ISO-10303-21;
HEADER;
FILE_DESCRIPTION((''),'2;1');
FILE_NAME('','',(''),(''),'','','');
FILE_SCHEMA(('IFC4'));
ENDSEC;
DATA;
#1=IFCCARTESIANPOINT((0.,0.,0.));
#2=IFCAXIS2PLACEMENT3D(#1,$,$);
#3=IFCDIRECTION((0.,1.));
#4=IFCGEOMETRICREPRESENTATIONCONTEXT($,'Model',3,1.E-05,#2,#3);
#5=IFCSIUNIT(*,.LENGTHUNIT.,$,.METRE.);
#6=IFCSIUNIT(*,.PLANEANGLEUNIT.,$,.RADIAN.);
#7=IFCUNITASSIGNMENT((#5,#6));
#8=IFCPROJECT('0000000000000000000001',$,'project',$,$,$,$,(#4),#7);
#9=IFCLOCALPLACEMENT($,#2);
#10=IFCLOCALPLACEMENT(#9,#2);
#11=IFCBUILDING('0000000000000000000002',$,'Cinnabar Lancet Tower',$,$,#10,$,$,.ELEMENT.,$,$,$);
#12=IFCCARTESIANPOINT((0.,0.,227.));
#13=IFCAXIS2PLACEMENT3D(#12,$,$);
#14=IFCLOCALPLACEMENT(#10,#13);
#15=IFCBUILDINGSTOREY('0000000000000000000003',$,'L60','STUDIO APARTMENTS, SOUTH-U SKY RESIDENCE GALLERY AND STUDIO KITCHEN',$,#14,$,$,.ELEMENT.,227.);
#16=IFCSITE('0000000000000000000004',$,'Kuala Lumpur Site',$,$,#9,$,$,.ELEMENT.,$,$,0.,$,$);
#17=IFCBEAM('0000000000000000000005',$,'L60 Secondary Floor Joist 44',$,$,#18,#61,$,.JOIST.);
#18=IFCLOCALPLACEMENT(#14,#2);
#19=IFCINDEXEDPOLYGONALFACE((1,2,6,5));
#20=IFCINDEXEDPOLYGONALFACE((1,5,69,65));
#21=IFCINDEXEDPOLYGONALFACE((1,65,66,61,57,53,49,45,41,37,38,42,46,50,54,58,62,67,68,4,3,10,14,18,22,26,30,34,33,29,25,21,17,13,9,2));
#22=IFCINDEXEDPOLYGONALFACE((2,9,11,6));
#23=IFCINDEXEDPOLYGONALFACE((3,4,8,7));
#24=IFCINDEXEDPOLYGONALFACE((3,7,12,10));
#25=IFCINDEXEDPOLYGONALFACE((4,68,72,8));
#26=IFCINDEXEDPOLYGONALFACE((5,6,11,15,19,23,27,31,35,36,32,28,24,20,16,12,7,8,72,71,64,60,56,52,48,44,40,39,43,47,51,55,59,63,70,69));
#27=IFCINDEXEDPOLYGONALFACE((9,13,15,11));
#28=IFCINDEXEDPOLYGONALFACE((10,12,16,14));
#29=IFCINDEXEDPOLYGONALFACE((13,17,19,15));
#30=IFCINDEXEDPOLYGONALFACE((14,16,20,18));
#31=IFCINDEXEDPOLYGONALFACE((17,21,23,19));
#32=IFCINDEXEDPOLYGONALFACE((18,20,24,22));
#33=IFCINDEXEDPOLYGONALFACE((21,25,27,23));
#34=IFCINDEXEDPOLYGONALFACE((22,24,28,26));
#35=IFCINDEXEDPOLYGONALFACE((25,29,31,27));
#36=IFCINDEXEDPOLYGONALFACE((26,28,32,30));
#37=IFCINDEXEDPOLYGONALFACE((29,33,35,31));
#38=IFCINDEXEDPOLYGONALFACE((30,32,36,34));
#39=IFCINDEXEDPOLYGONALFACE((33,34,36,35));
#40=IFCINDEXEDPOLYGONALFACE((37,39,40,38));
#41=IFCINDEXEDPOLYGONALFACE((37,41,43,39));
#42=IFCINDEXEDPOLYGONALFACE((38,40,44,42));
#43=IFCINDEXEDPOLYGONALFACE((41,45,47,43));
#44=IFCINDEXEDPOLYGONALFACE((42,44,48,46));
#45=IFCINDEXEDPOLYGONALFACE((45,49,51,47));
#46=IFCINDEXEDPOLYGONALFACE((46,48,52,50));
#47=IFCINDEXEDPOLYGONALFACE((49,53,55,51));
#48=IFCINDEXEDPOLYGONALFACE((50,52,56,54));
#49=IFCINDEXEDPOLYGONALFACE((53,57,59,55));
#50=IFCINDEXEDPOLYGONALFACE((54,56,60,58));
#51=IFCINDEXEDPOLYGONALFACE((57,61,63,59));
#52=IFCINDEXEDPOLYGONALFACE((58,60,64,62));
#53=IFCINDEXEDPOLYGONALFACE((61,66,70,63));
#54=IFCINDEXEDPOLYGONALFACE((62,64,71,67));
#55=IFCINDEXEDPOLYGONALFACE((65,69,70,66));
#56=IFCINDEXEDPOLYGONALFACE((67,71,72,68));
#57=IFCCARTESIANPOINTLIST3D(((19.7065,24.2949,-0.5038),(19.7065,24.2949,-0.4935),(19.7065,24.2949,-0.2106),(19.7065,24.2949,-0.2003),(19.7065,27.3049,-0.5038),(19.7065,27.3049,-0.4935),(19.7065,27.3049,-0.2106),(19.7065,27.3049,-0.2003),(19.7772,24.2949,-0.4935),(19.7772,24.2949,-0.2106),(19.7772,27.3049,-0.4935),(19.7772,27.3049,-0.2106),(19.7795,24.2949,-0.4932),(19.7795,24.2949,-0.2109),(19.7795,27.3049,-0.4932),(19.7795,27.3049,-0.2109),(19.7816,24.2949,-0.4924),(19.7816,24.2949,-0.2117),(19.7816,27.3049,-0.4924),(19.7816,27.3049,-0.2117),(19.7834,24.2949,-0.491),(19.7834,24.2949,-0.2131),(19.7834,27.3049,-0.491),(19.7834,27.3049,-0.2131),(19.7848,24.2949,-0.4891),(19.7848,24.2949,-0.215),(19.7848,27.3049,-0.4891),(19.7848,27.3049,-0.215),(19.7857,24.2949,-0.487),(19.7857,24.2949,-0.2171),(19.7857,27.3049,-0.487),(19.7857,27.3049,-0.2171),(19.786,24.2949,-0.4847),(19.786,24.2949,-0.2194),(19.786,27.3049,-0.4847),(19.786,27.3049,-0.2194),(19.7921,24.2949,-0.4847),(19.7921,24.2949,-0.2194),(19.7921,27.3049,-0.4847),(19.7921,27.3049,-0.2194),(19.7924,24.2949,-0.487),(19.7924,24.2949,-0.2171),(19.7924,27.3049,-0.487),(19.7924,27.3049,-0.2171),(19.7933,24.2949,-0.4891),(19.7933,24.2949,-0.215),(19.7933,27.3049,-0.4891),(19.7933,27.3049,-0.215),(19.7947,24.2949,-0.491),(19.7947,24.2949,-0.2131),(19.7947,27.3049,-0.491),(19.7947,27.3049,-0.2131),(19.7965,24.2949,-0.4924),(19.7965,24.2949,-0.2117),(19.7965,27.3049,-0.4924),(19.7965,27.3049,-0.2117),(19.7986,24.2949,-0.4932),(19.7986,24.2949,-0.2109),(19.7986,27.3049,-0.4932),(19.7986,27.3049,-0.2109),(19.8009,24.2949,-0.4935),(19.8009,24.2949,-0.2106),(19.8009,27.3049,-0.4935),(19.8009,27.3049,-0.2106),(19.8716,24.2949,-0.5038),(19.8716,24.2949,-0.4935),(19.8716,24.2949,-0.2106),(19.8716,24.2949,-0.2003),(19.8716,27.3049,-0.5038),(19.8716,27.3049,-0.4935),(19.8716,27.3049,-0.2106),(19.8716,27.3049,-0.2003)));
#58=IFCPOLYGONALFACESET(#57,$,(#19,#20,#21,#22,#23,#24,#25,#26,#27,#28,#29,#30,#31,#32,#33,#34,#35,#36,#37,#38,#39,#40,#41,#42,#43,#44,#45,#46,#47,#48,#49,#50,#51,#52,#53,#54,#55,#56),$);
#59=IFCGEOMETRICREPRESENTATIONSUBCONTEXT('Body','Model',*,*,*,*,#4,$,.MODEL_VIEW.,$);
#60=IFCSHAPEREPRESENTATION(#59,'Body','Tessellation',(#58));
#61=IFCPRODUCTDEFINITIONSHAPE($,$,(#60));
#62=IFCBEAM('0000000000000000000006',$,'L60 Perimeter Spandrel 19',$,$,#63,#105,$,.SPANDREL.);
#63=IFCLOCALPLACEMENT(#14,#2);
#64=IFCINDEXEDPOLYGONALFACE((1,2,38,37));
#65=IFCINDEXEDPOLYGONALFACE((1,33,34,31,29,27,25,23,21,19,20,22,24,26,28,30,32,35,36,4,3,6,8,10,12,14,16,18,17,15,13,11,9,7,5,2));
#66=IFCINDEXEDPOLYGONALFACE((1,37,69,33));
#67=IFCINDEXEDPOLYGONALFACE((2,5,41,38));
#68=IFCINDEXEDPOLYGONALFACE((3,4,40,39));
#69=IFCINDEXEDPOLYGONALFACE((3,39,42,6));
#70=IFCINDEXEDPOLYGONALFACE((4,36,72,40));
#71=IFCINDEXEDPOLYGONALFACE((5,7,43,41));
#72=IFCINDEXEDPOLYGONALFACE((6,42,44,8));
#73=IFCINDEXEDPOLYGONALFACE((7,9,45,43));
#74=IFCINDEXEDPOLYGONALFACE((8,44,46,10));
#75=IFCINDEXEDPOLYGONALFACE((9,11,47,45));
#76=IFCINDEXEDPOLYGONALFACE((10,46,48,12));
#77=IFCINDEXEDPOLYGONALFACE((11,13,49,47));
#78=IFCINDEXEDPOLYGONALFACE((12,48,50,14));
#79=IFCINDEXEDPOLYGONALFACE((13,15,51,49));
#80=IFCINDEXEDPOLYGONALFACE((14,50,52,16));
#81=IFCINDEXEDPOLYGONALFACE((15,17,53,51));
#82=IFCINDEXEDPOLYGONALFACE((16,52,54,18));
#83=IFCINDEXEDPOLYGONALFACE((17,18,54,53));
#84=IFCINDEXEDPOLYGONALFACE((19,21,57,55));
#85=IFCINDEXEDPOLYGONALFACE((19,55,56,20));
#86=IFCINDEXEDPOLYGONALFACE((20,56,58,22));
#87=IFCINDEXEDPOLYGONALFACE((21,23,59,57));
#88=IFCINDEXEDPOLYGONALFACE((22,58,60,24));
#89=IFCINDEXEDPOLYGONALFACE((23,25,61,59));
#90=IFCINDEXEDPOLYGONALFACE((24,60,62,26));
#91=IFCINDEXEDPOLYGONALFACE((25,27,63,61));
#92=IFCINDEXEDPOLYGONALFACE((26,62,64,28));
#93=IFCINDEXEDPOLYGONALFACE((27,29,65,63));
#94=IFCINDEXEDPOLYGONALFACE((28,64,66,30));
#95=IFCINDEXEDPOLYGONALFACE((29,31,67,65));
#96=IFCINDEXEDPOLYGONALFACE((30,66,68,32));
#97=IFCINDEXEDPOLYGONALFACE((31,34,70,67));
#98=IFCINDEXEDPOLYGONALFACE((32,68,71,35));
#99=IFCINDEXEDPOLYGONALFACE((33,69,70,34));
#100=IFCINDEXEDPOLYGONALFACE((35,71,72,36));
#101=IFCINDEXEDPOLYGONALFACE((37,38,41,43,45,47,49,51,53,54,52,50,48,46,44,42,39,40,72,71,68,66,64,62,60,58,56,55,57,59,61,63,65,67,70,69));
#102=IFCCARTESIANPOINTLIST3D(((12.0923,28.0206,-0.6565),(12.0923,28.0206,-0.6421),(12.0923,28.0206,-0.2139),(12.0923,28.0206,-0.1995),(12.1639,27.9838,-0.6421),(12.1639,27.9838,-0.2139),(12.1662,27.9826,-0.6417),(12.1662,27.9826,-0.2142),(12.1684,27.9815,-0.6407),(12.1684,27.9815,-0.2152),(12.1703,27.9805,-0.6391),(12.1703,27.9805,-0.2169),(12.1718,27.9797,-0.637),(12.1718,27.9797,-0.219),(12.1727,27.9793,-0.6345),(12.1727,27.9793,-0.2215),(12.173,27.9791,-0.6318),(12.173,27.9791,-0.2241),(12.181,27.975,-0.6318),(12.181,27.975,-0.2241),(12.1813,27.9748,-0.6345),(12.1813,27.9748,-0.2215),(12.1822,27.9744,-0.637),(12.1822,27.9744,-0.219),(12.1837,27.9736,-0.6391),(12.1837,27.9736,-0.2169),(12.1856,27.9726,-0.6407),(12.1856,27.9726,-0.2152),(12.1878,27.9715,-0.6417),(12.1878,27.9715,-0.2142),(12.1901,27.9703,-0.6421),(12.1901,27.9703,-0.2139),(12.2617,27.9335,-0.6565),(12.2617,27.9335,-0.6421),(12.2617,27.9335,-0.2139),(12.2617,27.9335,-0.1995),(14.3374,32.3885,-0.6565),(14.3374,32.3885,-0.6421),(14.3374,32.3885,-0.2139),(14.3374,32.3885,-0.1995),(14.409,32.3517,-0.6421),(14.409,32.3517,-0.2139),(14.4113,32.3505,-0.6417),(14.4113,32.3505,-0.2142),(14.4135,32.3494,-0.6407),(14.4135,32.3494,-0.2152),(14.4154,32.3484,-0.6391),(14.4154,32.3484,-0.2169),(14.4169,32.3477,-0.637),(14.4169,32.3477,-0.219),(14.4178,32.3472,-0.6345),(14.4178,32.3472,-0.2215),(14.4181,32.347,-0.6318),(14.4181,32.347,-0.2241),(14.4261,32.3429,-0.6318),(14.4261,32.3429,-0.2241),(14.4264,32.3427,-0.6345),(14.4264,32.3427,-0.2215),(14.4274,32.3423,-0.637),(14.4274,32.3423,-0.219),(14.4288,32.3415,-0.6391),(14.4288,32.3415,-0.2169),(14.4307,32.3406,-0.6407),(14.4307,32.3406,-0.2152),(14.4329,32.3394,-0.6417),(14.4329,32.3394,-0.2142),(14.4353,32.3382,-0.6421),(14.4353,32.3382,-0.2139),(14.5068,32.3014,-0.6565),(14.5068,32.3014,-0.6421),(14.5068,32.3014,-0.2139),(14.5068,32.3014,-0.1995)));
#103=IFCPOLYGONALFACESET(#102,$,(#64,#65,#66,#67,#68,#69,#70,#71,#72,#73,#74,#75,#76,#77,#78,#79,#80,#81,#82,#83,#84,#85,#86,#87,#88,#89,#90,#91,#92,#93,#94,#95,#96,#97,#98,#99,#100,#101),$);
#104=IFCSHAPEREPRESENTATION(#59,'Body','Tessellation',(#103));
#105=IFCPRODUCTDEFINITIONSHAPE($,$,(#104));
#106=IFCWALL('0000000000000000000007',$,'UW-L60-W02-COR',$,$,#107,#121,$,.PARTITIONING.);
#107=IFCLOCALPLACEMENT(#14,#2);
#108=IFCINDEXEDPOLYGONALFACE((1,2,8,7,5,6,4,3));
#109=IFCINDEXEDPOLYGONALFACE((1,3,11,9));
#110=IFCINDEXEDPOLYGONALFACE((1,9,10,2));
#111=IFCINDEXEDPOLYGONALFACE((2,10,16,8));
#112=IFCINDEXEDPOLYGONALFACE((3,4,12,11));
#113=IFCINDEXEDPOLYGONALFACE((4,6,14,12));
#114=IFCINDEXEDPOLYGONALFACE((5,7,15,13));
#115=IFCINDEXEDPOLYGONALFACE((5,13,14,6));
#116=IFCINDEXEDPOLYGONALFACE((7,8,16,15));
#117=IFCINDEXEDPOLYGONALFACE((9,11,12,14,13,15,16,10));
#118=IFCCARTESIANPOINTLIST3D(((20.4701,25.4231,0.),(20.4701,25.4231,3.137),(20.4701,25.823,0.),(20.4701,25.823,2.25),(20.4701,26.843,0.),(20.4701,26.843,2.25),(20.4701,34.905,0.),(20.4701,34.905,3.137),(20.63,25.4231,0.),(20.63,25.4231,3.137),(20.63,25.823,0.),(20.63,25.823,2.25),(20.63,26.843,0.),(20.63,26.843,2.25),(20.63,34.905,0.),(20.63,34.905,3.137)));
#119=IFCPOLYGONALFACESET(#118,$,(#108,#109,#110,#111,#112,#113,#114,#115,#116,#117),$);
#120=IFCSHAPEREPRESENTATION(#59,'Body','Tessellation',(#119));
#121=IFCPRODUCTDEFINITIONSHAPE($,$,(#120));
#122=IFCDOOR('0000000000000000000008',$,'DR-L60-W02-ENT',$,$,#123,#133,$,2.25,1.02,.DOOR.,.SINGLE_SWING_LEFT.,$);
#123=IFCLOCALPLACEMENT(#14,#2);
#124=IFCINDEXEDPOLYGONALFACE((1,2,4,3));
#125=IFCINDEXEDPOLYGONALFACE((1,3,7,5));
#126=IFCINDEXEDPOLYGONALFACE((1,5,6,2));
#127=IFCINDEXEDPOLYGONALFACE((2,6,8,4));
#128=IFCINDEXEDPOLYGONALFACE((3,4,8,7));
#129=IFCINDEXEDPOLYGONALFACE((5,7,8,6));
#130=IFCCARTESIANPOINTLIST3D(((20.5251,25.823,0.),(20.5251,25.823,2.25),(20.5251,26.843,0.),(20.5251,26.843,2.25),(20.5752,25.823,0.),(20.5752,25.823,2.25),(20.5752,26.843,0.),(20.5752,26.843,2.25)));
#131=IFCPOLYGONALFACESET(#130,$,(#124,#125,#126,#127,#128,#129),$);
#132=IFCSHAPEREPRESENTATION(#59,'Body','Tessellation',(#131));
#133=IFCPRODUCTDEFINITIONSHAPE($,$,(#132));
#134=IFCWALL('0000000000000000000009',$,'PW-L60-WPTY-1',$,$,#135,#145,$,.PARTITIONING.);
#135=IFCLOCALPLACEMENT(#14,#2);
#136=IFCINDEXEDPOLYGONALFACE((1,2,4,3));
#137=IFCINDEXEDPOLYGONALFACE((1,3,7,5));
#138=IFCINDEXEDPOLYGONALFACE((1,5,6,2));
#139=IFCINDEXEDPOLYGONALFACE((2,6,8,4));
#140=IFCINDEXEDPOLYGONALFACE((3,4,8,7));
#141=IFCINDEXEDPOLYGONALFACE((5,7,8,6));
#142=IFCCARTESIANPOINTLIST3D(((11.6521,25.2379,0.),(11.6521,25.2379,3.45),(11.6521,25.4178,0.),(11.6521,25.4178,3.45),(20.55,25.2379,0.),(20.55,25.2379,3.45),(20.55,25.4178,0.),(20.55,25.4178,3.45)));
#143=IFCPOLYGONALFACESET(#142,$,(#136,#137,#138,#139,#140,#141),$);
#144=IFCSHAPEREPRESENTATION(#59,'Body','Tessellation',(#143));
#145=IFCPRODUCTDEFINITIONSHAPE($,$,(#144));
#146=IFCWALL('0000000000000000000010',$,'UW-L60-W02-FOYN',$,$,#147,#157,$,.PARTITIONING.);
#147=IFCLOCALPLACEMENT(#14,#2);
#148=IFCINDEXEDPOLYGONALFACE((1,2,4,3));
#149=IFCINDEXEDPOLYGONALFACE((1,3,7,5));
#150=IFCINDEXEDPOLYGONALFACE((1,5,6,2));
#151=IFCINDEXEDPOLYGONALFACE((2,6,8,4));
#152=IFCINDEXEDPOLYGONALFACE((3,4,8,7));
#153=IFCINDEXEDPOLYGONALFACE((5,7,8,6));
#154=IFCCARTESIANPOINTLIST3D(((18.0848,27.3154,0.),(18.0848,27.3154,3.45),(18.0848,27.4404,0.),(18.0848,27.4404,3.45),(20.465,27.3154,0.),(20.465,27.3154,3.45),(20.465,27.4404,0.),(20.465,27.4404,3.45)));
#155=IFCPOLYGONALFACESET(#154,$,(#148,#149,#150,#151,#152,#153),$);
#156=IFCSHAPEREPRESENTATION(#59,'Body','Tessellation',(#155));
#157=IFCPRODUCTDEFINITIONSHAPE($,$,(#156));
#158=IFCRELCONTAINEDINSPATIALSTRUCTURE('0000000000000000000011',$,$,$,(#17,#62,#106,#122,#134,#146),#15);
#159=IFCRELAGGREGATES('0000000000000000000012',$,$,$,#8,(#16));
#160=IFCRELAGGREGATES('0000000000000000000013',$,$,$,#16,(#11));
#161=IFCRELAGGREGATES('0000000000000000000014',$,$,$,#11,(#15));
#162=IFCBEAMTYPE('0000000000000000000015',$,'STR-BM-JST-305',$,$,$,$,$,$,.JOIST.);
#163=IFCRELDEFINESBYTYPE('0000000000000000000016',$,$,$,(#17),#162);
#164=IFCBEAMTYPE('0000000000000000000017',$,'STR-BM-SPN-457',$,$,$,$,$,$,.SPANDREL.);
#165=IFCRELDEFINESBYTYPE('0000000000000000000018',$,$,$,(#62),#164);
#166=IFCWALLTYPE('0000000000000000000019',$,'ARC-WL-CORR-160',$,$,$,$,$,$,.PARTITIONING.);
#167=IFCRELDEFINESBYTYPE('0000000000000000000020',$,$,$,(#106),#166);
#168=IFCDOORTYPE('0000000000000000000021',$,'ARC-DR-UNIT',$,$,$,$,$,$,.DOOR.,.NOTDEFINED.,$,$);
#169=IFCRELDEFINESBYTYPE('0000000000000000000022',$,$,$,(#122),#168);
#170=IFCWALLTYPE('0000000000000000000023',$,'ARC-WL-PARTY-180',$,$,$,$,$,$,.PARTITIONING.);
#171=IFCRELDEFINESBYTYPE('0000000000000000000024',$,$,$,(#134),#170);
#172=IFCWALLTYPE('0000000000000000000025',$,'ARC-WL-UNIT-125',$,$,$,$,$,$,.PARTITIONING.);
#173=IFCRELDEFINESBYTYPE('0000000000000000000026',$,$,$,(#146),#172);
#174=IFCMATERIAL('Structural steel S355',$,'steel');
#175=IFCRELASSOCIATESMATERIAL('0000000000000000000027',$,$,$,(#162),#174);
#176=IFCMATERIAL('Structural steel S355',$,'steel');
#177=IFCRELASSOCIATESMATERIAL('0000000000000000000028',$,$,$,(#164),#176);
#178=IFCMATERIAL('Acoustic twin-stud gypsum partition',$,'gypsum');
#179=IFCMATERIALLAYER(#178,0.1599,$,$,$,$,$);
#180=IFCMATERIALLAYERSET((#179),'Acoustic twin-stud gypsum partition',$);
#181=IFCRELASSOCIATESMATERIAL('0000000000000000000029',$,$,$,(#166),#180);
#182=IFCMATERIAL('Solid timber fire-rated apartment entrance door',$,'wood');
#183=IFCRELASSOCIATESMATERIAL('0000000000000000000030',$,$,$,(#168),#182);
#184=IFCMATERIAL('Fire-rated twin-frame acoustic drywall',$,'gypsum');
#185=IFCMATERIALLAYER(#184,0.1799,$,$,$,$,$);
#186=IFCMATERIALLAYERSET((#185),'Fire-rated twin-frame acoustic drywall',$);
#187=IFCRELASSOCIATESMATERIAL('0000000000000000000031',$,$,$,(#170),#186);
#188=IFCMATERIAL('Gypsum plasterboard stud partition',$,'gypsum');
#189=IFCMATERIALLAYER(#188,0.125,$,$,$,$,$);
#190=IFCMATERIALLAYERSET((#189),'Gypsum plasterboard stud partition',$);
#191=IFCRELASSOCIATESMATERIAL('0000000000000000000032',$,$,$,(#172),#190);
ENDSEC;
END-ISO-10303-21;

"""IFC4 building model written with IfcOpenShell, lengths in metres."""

from ifc_helpers import new_model, si_unit, direction, frame, frame_2d, origin, origin_2d, place, context, subcontext, project, spatial, rectangle, i_section, extrude, material, layer, layer_set, material_profile, profile_set, type_object, element, fill, save


model = new_model("IFC4")

# Units and contexts
model_context = context("Model", 3, precision=1e-05, world=origin(), true_north=direction((0.0, 1.0)))
body_context = subcontext(model_context, "Body", "Model", "MODEL_VIEW")
ifc_project = project(units=[si_unit("LENGTHUNIT", "METRE"), si_unit("PLANEANGLEUNIT", "RADIAN")], contexts=[model_context])

# Site, building, storey
site_placement = place(None, origin())
site = spatial("IfcSite", under=ifc_project, at=site_placement, Name="Kuala Lumpur Site", CompositionType="ELEMENT", RefElevation=0.0)
building_placement = place(site_placement, origin())
building = spatial("IfcBuilding", under=site, at=building_placement, Name="Cinnabar Lancet Tower", CompositionType="ELEMENT")
storey_placement = place(building_placement, frame((0.0, 0.0, 227.0)))
storey = spatial("IfcBuildingStorey", under=building, at=storey_placement, Name="L60", Description="STUDIO APARTMENTS, SOUTH-U SKY RESIDENCE GALLERY AND STUDIO KITCHEN", CompositionType="ELEMENT", Elevation=227.0)

# Beams
ifc_material_1 = material(Name="Structural steel S355", Category="steel")
ifc_material_profile_1 = material_profile(ifc_material_1, i_section(OverallWidth=0.165, OverallDepth=0.3035, WebThickness=0.0061, FlangeThickness=0.0103, FilletRadius=0.0088, at=origin_2d()), Name="UKB 305x165x40")
ifc_profile_set_1 = profile_set([ifc_material_profile_1], Name="Structural steel S355")
beam_type_1 = type_object("IfcBeamType", Name="STR-BM-JST-305", PredefinedType="JOIST", material=ifc_profile_set_1)
for number, where, z_axis, x_axis, name in (
    (1, (19.7891, 27.3049, -0.3521), (0.0, -1.0, 0.0), (1.0, 0.0, 0.0), "L60 Secondary Floor Joist 44"),
):
    element("IfcBeam", number, at=place(storey_placement, frame(where, z_axis=z_axis, x_axis=x_axis)), inside=storey, type_object=beam_type_1, Name=name, PredefinedType="JOIST", context=body_context, shape_type="SweptSolid", body=[
        extrude(i_section(OverallWidth=0.165, OverallDepth=0.3035, WebThickness=0.0061, FlangeThickness=0.0103, FilletRadius=0.0088, at=origin_2d()), origin(), (0.0, 0.0, 1.0), 3.01),
    ])
ifc_material_2 = material(Name="Structural steel S355", Category="steel")
ifc_material_profile_2 = material_profile(ifc_material_2, i_section(OverallWidth=0.1904, OverallDepth=0.457, WebThickness=0.009, FlangeThickness=0.0144, FilletRadius=0.0103, at=origin_2d()), Name="UKB 457x191x74")
ifc_profile_set_2 = profile_set([ifc_material_profile_2], Name="Structural steel S355")
beam_type_2 = type_object("IfcBeamType", Name="STR-BM-SPN-457", PredefinedType="SPANDREL", material=ifc_profile_set_2)
beam_1_placement = place(storey_placement, frame((14.4221, 32.345, -0.428), z_axis=(-0.457148, -0.889391, 0.0), x_axis=(0.889391, -0.457148, 0.0)))
element("IfcBeam", 2, at=beam_1_placement, inside=storey, type_object=beam_type_2, Name="L60 Perimeter Spandrel 19", PredefinedType="SPANDREL", context=body_context, shape_type="SweptSolid", body=[
    extrude(i_section(OverallWidth=0.1904, OverallDepth=0.457, WebThickness=0.009, FlangeThickness=0.0144, FilletRadius=0.0103, at=origin_2d()), origin(), (0.0, 0.0, 1.0), 4.9111),
])

# Wall, opening, door
ifc_material_3 = material(Name="Acoustic twin-stud gypsum partition", Category="gypsum")
ifc_layer_1 = layer(ifc_material_3, 0.1599)
ifc_layer_set_1 = layer_set([ifc_layer_1], Name="Acoustic twin-stud gypsum partition")
wall_type_1 = type_object("IfcWallType", Name="ARC-WL-CORR-160", PredefinedType="PARTITIONING", material=ifc_layer_set_1)
wall_1_placement = place(storey_placement, frame((20.55, 25.4231, 0.0), z_axis=(0.0, 0.0, 1.0), x_axis=(0.0, 1.0, 0.0)))
wall_1 = element("IfcWall", 3, at=wall_1_placement, inside=storey, type_object=wall_type_1, Name="UW-L60-W02-COR", PredefinedType="PARTITIONING", context=body_context, shape_type="SweptSolid", body=[
    extrude(rectangle(XDim=9.4819, YDim=0.1599, at=frame_2d((4.741, 0.0))), origin(), (0.0, 0.0, 1.0), 3.137),
])
opening_1_placement = place(wall_1_placement, frame((0.3999, 0.0, 0.0)))
opening_1 = element("IfcOpeningElement", 4, at=opening_1_placement, cuts=wall_1, PredefinedType="OPENING", context=body_context, shape_type="SweptSolid", body=[
    extrude(rectangle(XDim=1.02, YDim=2.25, at=frame_2d((0.51, 1.125))), frame((0.0, 0.0898, 0.0), z_axis=(0.0, -1.0, 0.0), x_axis=(1.0, 0.0, 0.0)), (0.0, 0.0, 1.0), 0.1799),
])
ifc_material_4 = material(Name="Solid timber fire-rated apartment entrance door", Category="wood")
door_type_1 = type_object("IfcDoorType", Name="ARC-DR-UNIT", OperationType="NOTDEFINED", PredefinedType="DOOR", material=ifc_material_4)
door_1_placement = place(opening_1_placement, origin())
door_1 = element("IfcDoor", 5, at=door_1_placement, inside=storey, type_object=door_type_1, Name="DR-L60-W02-ENT", OperationType="SINGLE_SWING_LEFT", OverallHeight=2.25, OverallWidth=1.02, PredefinedType="DOOR", context=body_context, shape_type="SweptSolid", body=[
    extrude(rectangle(XDim=1.02, YDim=2.25, at=frame_2d((0.51, 1.125))), frame((0.0, 0.0249, 0.0), z_axis=(0.0, -1.0, 0.0), x_axis=(1.0, 0.0, 0.0)), (0.0, 0.0, 1.0), 0.05),
])
fill(opening_1, door_1)

# Walls
ifc_material_5 = material(Name="Fire-rated twin-frame acoustic drywall", Category="gypsum")
ifc_layer_2 = layer(ifc_material_5, 0.1799)
ifc_layer_set_2 = layer_set([ifc_layer_2], Name="Fire-rated twin-frame acoustic drywall")
wall_type_2 = type_object("IfcWallType", Name="ARC-WL-PARTY-180", PredefinedType="PARTITIONING", material=ifc_layer_set_2)
wall_2_placement = place(storey_placement, frame((11.6521, 25.3279, 0.0), z_axis=(0.0, 0.0, 1.0), x_axis=(1.0, 0.0, 0.0)))
element("IfcWall", 6, at=wall_2_placement, inside=storey, type_object=wall_type_2, Name="PW-L60-WPTY-1", PredefinedType="PARTITIONING", context=body_context, shape_type="SweptSolid", body=[
    extrude(rectangle(XDim=8.8979, YDim=0.1799, at=frame_2d((4.449, 0.0))), origin(), (0.0, 0.0, 1.0), 3.45),
])
ifc_material_6 = material(Name="Gypsum plasterboard stud partition", Category="gypsum")
ifc_layer_3 = layer(ifc_material_6, 0.125)
ifc_layer_set_3 = layer_set([ifc_layer_3], Name="Gypsum plasterboard stud partition")
wall_type_3 = type_object("IfcWallType", Name="ARC-WL-UNIT-125", PredefinedType="PARTITIONING", material=ifc_layer_set_3)
wall_3_placement = place(storey_placement, frame((18.085, 27.3779, 0.0), z_axis=(0.0, 0.0, 1.0), x_axis=(1.0, 0.0, 0.0)))
element("IfcWall", 7, at=wall_3_placement, inside=storey, type_object=wall_type_3, Name="UW-L60-W02-FOYN", PredefinedType="PARTITIONING", context=body_context, shape_type="SweptSolid", body=[
    extrude(rectangle(XDim=2.3801, YDim=0.125, at=frame_2d((1.1899, 0.0))), origin(), (0.0, 0.0, 1.0), 3.45),
])

save(model, "model.ifc")
